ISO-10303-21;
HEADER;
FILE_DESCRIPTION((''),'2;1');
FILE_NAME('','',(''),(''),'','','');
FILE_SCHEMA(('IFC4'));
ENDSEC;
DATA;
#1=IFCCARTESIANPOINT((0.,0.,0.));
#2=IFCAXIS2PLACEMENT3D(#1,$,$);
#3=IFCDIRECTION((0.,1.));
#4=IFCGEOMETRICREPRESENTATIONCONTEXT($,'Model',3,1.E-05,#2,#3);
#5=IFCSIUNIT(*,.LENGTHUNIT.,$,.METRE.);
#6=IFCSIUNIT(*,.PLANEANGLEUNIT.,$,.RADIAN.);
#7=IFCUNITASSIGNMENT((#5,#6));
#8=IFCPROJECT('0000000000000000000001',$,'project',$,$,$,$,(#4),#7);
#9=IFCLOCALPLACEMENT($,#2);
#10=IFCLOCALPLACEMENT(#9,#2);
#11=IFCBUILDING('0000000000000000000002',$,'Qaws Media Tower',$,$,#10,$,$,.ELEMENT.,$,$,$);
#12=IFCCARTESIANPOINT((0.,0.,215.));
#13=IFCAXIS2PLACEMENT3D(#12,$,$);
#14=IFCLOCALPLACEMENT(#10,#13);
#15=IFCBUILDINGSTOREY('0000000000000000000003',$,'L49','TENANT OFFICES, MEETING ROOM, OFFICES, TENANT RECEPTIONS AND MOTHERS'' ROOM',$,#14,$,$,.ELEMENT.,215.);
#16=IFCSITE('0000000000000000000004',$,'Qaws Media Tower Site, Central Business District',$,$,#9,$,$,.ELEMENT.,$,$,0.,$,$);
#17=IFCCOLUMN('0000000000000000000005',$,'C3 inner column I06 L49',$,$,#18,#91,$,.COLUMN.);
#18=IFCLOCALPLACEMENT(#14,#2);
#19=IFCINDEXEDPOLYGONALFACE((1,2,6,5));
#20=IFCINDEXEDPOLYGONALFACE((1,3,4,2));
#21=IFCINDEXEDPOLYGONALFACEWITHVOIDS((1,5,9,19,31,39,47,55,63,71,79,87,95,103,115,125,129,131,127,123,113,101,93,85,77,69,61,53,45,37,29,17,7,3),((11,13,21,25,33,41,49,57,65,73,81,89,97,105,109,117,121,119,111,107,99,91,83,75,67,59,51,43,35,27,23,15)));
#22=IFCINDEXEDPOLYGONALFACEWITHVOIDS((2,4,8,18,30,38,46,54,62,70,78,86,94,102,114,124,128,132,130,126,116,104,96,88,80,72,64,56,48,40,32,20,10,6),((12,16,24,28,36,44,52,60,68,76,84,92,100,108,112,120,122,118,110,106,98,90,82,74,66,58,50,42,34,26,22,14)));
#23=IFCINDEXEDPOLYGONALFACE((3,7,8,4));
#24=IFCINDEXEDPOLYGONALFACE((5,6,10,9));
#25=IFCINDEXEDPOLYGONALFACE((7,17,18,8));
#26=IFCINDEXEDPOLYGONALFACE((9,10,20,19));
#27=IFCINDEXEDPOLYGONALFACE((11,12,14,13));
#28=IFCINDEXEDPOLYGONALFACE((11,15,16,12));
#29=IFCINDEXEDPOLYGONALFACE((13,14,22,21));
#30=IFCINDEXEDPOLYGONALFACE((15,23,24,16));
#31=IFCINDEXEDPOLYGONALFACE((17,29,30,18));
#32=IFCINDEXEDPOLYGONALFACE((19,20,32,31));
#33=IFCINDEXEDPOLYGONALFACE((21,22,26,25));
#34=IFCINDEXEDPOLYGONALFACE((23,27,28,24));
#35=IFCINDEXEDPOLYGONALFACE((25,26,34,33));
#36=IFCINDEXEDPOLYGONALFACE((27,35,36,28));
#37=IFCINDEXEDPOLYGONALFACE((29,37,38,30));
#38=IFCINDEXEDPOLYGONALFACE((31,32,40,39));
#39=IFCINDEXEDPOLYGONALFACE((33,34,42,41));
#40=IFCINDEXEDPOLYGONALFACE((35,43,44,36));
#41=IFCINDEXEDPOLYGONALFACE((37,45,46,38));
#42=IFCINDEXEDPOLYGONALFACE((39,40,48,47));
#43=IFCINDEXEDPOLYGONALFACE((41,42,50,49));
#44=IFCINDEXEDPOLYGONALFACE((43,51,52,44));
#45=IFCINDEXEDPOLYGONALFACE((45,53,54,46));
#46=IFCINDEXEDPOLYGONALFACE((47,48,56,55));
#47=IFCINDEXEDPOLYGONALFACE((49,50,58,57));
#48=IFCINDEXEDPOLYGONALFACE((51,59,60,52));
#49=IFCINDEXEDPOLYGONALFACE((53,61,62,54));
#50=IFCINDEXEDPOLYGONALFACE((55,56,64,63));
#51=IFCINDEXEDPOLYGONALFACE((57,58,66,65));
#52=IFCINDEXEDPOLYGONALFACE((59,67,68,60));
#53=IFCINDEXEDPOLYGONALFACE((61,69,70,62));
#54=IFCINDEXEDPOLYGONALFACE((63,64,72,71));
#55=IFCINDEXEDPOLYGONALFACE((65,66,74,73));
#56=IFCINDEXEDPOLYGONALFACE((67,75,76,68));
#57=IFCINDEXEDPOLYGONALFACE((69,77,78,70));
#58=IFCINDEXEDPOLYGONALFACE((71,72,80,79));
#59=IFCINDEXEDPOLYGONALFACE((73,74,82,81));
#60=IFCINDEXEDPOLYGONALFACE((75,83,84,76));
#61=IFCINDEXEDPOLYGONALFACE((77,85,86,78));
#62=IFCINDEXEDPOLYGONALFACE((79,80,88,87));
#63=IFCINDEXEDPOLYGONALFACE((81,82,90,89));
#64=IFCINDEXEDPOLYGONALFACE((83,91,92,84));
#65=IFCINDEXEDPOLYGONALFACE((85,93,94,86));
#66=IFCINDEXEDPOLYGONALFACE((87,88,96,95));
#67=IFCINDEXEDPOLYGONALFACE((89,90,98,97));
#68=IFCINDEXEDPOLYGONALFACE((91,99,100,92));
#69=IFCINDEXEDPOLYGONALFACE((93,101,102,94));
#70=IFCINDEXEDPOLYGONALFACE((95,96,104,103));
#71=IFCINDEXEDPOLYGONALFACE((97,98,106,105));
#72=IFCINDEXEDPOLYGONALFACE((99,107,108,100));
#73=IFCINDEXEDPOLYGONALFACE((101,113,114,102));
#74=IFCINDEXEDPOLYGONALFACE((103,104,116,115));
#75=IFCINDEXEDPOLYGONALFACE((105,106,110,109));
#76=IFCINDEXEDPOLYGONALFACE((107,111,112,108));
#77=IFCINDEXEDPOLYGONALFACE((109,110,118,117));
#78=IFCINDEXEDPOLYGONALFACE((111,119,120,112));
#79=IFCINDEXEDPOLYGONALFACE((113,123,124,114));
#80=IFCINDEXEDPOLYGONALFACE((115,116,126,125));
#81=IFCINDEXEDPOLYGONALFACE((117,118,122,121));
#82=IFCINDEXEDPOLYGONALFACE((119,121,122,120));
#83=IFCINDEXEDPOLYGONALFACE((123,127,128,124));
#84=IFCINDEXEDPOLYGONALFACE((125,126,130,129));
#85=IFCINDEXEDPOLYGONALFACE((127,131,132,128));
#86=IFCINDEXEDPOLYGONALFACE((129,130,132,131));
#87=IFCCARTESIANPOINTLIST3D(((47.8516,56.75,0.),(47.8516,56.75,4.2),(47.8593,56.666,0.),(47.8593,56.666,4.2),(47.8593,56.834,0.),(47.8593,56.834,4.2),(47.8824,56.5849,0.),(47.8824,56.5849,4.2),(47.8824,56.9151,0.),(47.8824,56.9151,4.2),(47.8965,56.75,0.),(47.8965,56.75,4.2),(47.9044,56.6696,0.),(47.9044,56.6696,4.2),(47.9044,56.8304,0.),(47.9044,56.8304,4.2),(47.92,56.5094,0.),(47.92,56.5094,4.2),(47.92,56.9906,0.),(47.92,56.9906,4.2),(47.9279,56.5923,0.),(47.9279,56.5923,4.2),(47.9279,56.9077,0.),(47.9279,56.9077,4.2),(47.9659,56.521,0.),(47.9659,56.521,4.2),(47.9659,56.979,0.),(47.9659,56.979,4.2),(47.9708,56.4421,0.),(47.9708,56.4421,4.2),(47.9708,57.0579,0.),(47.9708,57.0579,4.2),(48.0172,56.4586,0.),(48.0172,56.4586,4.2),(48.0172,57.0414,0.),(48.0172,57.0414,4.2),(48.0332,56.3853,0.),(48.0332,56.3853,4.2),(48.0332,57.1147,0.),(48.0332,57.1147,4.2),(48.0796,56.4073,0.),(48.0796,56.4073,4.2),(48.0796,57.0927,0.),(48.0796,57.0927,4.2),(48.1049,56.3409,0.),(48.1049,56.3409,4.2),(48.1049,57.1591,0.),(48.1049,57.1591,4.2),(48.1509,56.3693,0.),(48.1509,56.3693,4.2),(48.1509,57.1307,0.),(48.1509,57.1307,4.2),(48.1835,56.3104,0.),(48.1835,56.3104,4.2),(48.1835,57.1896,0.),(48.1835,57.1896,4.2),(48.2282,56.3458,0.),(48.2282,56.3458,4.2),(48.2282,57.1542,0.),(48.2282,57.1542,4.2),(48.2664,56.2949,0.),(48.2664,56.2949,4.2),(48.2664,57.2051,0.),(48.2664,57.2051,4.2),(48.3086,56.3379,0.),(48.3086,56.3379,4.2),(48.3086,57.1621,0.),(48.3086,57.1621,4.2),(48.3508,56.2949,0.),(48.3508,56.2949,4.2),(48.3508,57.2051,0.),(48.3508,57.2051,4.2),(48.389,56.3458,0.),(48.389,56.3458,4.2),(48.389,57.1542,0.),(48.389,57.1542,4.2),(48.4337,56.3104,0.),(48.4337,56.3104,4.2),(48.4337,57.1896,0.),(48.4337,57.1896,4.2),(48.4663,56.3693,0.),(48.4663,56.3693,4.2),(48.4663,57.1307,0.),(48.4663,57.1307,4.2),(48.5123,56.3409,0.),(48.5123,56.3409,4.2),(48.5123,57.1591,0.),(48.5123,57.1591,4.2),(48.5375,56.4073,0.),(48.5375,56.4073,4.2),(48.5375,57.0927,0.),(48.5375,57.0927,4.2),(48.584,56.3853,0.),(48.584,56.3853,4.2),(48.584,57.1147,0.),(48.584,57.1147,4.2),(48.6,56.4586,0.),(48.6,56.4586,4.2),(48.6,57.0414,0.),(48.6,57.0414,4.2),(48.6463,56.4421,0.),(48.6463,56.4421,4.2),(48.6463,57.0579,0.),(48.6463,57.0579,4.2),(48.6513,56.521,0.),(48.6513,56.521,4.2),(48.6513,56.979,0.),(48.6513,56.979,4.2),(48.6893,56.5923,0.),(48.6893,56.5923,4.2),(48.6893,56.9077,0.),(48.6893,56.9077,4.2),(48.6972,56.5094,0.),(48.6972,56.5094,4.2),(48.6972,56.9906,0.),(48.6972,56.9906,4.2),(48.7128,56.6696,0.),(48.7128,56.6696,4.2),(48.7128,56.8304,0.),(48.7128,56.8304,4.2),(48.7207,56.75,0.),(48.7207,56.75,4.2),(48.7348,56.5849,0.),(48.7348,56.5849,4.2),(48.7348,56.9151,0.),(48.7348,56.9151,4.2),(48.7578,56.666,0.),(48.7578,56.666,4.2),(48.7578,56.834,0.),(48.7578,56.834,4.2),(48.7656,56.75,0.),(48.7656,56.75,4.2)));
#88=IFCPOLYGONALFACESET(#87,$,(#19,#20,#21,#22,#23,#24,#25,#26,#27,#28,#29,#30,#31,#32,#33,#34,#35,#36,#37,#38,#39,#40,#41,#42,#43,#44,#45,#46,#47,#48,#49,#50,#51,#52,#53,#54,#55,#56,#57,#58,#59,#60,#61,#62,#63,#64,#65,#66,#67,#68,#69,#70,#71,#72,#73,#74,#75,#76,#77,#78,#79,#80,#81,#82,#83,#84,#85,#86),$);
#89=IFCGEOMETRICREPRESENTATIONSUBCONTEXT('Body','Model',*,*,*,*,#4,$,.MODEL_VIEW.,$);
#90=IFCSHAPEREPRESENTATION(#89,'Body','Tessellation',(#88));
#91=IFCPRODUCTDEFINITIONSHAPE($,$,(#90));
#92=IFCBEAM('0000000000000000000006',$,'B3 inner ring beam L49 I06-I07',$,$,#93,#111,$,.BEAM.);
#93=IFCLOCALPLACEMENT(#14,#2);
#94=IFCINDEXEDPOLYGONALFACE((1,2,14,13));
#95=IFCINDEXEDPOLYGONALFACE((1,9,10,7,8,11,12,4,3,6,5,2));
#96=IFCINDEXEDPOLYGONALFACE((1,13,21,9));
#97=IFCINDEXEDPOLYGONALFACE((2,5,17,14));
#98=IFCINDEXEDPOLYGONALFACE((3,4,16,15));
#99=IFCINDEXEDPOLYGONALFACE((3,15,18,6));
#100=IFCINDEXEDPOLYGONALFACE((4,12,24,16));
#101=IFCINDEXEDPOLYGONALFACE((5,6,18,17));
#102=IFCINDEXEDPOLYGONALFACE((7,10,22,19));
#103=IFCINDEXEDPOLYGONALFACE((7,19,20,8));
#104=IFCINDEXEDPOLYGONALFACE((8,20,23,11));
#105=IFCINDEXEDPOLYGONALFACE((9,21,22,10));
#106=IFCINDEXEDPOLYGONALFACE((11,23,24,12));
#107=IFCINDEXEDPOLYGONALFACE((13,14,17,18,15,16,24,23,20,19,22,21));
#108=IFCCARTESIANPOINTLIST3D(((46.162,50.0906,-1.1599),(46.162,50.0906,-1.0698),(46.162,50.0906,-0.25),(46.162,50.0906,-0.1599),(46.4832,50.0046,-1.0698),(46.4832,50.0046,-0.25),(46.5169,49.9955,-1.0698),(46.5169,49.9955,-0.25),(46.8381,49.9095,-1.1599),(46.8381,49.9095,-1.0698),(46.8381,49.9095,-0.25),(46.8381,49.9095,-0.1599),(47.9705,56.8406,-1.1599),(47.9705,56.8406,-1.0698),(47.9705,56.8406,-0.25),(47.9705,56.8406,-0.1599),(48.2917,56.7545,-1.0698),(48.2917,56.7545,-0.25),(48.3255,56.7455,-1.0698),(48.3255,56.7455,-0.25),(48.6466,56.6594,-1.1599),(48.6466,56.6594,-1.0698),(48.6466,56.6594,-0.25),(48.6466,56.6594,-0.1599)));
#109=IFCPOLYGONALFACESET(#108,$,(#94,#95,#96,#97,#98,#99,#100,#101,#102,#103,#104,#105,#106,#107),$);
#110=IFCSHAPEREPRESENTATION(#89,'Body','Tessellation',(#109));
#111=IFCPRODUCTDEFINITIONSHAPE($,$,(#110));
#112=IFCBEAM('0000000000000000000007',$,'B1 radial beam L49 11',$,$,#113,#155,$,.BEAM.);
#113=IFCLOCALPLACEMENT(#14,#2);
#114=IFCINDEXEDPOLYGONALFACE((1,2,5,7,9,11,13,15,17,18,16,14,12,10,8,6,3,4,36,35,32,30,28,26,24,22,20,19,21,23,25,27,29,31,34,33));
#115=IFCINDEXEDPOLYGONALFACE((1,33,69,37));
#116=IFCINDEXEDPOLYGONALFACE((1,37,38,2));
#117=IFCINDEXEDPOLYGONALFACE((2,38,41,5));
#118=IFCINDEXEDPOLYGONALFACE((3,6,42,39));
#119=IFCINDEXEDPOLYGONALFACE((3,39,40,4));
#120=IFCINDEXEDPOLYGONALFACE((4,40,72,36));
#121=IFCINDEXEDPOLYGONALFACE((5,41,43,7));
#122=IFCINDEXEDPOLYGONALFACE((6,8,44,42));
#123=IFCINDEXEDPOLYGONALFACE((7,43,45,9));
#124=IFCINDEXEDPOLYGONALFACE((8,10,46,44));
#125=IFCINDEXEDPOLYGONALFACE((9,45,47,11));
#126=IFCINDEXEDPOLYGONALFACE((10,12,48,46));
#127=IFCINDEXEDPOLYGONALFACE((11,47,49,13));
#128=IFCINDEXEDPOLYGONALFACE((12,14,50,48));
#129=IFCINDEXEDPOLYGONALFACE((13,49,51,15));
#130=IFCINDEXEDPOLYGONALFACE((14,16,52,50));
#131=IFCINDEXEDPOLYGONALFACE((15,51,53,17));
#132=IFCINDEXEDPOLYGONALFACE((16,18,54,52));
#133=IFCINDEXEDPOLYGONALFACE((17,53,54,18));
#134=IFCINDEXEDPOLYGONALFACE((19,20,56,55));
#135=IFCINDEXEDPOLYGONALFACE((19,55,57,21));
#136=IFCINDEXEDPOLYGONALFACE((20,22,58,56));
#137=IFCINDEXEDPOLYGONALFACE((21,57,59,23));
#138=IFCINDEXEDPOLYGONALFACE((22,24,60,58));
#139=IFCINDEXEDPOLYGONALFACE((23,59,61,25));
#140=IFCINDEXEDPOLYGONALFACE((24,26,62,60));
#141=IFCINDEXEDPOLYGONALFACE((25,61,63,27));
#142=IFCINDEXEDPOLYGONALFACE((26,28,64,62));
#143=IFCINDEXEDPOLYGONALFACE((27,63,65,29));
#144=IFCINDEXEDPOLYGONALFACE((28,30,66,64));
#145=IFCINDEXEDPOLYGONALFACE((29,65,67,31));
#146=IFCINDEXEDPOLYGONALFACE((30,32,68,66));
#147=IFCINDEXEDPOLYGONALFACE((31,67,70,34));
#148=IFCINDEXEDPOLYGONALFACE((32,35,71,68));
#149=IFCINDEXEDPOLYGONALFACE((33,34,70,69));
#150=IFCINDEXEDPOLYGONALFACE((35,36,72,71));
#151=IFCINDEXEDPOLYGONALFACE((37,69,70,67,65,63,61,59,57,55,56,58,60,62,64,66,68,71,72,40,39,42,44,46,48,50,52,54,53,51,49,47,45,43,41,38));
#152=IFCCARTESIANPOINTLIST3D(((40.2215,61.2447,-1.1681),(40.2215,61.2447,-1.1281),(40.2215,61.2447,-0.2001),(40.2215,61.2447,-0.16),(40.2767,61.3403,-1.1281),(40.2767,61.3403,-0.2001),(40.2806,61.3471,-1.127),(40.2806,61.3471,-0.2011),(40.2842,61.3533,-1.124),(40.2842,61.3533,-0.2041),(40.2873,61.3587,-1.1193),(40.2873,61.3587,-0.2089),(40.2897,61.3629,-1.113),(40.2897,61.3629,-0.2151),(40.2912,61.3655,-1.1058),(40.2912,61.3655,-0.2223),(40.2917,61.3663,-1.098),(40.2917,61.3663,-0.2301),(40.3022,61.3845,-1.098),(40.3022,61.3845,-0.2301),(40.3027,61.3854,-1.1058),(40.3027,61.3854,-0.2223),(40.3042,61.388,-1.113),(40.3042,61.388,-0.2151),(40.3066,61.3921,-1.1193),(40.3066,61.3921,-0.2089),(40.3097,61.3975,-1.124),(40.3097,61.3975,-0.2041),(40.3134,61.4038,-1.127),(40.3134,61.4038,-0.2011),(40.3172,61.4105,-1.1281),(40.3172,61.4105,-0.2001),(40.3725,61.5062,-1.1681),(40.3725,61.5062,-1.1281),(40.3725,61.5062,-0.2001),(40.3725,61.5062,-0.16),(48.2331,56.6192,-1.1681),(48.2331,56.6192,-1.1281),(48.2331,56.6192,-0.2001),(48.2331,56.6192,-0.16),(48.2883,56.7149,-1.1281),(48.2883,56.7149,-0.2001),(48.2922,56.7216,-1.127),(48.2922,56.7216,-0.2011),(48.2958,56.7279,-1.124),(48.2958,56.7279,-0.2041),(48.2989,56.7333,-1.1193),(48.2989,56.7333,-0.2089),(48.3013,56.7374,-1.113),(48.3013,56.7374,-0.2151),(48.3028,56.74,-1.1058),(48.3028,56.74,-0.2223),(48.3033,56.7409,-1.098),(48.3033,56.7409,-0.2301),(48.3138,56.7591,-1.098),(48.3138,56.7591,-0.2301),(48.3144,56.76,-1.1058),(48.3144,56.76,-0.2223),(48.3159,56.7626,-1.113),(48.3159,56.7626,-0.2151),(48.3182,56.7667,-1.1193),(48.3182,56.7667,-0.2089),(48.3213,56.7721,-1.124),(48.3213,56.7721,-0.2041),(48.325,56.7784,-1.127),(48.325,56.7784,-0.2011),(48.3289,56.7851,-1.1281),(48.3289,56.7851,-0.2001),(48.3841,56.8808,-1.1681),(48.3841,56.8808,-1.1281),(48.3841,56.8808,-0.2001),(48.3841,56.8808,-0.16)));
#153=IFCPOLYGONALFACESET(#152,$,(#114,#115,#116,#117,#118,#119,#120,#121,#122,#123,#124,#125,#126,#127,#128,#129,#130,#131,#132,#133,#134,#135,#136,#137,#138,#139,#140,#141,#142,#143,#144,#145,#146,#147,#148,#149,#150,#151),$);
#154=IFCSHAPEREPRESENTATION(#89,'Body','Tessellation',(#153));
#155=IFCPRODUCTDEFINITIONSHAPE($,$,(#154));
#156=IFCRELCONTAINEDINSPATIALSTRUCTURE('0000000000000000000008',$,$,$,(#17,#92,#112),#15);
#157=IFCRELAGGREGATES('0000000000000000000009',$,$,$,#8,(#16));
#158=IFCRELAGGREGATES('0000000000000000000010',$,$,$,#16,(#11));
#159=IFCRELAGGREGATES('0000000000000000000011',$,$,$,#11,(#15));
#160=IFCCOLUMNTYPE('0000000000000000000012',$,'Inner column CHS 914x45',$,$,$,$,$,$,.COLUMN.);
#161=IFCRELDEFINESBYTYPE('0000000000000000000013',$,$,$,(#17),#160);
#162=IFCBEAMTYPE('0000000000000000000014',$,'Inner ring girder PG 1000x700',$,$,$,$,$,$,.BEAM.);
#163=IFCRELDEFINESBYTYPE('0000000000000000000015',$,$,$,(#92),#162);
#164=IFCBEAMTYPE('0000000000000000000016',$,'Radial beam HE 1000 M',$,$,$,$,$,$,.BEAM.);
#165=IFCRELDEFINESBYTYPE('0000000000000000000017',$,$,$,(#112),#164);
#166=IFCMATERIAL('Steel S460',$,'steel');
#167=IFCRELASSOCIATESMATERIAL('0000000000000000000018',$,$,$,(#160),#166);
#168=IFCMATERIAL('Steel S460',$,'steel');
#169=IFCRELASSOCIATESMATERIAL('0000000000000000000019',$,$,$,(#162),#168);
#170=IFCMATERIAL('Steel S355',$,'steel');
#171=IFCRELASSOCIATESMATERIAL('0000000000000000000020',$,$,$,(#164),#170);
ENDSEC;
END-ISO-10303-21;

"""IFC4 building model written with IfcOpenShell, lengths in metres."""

from ifc_helpers import new_model, si_unit, direction, frame, origin, origin_2d, place, context, subcontext, project, spatial, hollow_circle, i_section, extrude, material, material_profile, profile_set, type_object, element, save


model = new_model("IFC4")

# Units and contexts
model_context = context("Model", 3, precision=1e-05, world=origin(), true_north=direction((0.0, 1.0)))
body_context = subcontext(model_context, "Body", "Model", "MODEL_VIEW")
ifc_project = project(units=[si_unit("LENGTHUNIT", "METRE"), si_unit("PLANEANGLEUNIT", "RADIAN")], contexts=[model_context])

# Site, building, storey
site_placement = place(None, origin())
site = spatial("IfcSite", under=ifc_project, at=site_placement, Name="Qaws Media Tower Site, Central Business District", CompositionType="ELEMENT", RefElevation=0.0)
building_placement = place(site_placement, origin())
building = spatial("IfcBuilding", under=site, at=building_placement, Name="Qaws Media Tower", CompositionType="ELEMENT")
storey_placement = place(building_placement, frame((0.0, 0.0, 215.0)))
storey = spatial("IfcBuildingStorey", under=building, at=storey_placement, Name="L49", Description="TENANT OFFICES, MEETING ROOM, OFFICES, TENANT RECEPTIONS AND MOTHERS' ROOM", CompositionType="ELEMENT", Elevation=215.0)

# Column
ifc_material_1 = material(Name="Steel S460", Category="steel")
ifc_material_profile_1 = material_profile(ifc_material_1, hollow_circle(Radius=0.457, WallThickness=0.0449, at=origin_2d()), Name="CHS 914x45")
ifc_profile_set_1 = profile_set([ifc_material_profile_1], Name="Steel S460")
column_type = type_object("IfcColumnType", Name="Inner column CHS 914x45", PredefinedType="COLUMN", material=ifc_profile_set_1)
column_placement = place(storey_placement, frame((48.3086, 56.75, 0.0), z_axis=(0.0, 0.0, 1.0), x_axis=(1.0, 0.0, 0.0)))
element("IfcColumn", 1, at=column_placement, inside=storey, type_object=column_type, Name="C3 inner column I06 L49", PredefinedType="COLUMN", context=body_context, shape_type="SweptSolid", body=[
    extrude(hollow_circle(Radius=0.457, WallThickness=0.0449, at=origin_2d()), origin(), (0.0, 0.0, 1.0), 4.2),
])

# Beams
ifc_material_2 = material(Name="Steel S460", Category="steel")
ifc_material_profile_2 = material_profile(ifc_material_2, i_section(OverallWidth=0.7, OverallDepth=1.0, WebThickness=0.0349, FlangeThickness=0.0901, at=origin_2d()), Name="PG 1000x700")
ifc_profile_set_2 = profile_set([ifc_material_profile_2], Name="Steel S460")
beam_type_1 = type_object("IfcBeamType", Name="Inner ring girder PG 1000x700", PredefinedType="BEAM", material=ifc_profile_set_2)
beam_1_placement = place(storey_placement, frame((48.3086, 56.75, -0.6599), z_axis=(-0.258811, -0.965928, 0.0), x_axis=(0.965928, -0.258811, 0.0)))
element("IfcBeam", 2, at=beam_1_placement, inside=storey, type_object=beam_type_1, Name="B3 inner ring beam L49 I06-I07", PredefinedType="BEAM", context=body_context, shape_type="SweptSolid", body=[
    extrude(i_section(OverallWidth=0.7, OverallDepth=1.0, WebThickness=0.0349, FlangeThickness=0.0901, at=origin_2d()), origin(), (0.0, 0.0, 1.0), 6.988),
])
ifc_material_3 = material(Name="Steel S355", Category="steel")
ifc_material_profile_3 = material_profile(ifc_material_3, i_section(OverallWidth=0.302, OverallDepth=1.0081, WebThickness=0.021, FlangeThickness=0.04, FilletRadius=0.03, at=origin_2d()), Name="HE 1000 M")
ifc_profile_set_3 = profile_set([ifc_material_profile_3], Name="Steel S355")
beam_type_2 = type_object("IfcBeamType", Name="Radial beam HE 1000 M", PredefinedType="BEAM", material=ifc_profile_set_3)
beam_2_placement = place(storey_placement, frame((48.3086, 56.75, -0.6641), z_axis=(-0.866029, 0.499994, 0.0), x_axis=(-0.499994, -0.866029, 0.0)))
element("IfcBeam", 3, at=beam_2_placement, inside=storey, type_object=beam_type_2, Name="B1 radial beam L49 11", PredefinedType="BEAM", context=body_context, shape_type="SweptSolid", body=[
    extrude(i_section(OverallWidth=0.302, OverallDepth=1.0081, WebThickness=0.021, FlangeThickness=0.04, FilletRadius=0.03, at=origin_2d()), origin(), (0.0, 0.0, 1.0), 9.251),
])

save(model, "model.ifc")
